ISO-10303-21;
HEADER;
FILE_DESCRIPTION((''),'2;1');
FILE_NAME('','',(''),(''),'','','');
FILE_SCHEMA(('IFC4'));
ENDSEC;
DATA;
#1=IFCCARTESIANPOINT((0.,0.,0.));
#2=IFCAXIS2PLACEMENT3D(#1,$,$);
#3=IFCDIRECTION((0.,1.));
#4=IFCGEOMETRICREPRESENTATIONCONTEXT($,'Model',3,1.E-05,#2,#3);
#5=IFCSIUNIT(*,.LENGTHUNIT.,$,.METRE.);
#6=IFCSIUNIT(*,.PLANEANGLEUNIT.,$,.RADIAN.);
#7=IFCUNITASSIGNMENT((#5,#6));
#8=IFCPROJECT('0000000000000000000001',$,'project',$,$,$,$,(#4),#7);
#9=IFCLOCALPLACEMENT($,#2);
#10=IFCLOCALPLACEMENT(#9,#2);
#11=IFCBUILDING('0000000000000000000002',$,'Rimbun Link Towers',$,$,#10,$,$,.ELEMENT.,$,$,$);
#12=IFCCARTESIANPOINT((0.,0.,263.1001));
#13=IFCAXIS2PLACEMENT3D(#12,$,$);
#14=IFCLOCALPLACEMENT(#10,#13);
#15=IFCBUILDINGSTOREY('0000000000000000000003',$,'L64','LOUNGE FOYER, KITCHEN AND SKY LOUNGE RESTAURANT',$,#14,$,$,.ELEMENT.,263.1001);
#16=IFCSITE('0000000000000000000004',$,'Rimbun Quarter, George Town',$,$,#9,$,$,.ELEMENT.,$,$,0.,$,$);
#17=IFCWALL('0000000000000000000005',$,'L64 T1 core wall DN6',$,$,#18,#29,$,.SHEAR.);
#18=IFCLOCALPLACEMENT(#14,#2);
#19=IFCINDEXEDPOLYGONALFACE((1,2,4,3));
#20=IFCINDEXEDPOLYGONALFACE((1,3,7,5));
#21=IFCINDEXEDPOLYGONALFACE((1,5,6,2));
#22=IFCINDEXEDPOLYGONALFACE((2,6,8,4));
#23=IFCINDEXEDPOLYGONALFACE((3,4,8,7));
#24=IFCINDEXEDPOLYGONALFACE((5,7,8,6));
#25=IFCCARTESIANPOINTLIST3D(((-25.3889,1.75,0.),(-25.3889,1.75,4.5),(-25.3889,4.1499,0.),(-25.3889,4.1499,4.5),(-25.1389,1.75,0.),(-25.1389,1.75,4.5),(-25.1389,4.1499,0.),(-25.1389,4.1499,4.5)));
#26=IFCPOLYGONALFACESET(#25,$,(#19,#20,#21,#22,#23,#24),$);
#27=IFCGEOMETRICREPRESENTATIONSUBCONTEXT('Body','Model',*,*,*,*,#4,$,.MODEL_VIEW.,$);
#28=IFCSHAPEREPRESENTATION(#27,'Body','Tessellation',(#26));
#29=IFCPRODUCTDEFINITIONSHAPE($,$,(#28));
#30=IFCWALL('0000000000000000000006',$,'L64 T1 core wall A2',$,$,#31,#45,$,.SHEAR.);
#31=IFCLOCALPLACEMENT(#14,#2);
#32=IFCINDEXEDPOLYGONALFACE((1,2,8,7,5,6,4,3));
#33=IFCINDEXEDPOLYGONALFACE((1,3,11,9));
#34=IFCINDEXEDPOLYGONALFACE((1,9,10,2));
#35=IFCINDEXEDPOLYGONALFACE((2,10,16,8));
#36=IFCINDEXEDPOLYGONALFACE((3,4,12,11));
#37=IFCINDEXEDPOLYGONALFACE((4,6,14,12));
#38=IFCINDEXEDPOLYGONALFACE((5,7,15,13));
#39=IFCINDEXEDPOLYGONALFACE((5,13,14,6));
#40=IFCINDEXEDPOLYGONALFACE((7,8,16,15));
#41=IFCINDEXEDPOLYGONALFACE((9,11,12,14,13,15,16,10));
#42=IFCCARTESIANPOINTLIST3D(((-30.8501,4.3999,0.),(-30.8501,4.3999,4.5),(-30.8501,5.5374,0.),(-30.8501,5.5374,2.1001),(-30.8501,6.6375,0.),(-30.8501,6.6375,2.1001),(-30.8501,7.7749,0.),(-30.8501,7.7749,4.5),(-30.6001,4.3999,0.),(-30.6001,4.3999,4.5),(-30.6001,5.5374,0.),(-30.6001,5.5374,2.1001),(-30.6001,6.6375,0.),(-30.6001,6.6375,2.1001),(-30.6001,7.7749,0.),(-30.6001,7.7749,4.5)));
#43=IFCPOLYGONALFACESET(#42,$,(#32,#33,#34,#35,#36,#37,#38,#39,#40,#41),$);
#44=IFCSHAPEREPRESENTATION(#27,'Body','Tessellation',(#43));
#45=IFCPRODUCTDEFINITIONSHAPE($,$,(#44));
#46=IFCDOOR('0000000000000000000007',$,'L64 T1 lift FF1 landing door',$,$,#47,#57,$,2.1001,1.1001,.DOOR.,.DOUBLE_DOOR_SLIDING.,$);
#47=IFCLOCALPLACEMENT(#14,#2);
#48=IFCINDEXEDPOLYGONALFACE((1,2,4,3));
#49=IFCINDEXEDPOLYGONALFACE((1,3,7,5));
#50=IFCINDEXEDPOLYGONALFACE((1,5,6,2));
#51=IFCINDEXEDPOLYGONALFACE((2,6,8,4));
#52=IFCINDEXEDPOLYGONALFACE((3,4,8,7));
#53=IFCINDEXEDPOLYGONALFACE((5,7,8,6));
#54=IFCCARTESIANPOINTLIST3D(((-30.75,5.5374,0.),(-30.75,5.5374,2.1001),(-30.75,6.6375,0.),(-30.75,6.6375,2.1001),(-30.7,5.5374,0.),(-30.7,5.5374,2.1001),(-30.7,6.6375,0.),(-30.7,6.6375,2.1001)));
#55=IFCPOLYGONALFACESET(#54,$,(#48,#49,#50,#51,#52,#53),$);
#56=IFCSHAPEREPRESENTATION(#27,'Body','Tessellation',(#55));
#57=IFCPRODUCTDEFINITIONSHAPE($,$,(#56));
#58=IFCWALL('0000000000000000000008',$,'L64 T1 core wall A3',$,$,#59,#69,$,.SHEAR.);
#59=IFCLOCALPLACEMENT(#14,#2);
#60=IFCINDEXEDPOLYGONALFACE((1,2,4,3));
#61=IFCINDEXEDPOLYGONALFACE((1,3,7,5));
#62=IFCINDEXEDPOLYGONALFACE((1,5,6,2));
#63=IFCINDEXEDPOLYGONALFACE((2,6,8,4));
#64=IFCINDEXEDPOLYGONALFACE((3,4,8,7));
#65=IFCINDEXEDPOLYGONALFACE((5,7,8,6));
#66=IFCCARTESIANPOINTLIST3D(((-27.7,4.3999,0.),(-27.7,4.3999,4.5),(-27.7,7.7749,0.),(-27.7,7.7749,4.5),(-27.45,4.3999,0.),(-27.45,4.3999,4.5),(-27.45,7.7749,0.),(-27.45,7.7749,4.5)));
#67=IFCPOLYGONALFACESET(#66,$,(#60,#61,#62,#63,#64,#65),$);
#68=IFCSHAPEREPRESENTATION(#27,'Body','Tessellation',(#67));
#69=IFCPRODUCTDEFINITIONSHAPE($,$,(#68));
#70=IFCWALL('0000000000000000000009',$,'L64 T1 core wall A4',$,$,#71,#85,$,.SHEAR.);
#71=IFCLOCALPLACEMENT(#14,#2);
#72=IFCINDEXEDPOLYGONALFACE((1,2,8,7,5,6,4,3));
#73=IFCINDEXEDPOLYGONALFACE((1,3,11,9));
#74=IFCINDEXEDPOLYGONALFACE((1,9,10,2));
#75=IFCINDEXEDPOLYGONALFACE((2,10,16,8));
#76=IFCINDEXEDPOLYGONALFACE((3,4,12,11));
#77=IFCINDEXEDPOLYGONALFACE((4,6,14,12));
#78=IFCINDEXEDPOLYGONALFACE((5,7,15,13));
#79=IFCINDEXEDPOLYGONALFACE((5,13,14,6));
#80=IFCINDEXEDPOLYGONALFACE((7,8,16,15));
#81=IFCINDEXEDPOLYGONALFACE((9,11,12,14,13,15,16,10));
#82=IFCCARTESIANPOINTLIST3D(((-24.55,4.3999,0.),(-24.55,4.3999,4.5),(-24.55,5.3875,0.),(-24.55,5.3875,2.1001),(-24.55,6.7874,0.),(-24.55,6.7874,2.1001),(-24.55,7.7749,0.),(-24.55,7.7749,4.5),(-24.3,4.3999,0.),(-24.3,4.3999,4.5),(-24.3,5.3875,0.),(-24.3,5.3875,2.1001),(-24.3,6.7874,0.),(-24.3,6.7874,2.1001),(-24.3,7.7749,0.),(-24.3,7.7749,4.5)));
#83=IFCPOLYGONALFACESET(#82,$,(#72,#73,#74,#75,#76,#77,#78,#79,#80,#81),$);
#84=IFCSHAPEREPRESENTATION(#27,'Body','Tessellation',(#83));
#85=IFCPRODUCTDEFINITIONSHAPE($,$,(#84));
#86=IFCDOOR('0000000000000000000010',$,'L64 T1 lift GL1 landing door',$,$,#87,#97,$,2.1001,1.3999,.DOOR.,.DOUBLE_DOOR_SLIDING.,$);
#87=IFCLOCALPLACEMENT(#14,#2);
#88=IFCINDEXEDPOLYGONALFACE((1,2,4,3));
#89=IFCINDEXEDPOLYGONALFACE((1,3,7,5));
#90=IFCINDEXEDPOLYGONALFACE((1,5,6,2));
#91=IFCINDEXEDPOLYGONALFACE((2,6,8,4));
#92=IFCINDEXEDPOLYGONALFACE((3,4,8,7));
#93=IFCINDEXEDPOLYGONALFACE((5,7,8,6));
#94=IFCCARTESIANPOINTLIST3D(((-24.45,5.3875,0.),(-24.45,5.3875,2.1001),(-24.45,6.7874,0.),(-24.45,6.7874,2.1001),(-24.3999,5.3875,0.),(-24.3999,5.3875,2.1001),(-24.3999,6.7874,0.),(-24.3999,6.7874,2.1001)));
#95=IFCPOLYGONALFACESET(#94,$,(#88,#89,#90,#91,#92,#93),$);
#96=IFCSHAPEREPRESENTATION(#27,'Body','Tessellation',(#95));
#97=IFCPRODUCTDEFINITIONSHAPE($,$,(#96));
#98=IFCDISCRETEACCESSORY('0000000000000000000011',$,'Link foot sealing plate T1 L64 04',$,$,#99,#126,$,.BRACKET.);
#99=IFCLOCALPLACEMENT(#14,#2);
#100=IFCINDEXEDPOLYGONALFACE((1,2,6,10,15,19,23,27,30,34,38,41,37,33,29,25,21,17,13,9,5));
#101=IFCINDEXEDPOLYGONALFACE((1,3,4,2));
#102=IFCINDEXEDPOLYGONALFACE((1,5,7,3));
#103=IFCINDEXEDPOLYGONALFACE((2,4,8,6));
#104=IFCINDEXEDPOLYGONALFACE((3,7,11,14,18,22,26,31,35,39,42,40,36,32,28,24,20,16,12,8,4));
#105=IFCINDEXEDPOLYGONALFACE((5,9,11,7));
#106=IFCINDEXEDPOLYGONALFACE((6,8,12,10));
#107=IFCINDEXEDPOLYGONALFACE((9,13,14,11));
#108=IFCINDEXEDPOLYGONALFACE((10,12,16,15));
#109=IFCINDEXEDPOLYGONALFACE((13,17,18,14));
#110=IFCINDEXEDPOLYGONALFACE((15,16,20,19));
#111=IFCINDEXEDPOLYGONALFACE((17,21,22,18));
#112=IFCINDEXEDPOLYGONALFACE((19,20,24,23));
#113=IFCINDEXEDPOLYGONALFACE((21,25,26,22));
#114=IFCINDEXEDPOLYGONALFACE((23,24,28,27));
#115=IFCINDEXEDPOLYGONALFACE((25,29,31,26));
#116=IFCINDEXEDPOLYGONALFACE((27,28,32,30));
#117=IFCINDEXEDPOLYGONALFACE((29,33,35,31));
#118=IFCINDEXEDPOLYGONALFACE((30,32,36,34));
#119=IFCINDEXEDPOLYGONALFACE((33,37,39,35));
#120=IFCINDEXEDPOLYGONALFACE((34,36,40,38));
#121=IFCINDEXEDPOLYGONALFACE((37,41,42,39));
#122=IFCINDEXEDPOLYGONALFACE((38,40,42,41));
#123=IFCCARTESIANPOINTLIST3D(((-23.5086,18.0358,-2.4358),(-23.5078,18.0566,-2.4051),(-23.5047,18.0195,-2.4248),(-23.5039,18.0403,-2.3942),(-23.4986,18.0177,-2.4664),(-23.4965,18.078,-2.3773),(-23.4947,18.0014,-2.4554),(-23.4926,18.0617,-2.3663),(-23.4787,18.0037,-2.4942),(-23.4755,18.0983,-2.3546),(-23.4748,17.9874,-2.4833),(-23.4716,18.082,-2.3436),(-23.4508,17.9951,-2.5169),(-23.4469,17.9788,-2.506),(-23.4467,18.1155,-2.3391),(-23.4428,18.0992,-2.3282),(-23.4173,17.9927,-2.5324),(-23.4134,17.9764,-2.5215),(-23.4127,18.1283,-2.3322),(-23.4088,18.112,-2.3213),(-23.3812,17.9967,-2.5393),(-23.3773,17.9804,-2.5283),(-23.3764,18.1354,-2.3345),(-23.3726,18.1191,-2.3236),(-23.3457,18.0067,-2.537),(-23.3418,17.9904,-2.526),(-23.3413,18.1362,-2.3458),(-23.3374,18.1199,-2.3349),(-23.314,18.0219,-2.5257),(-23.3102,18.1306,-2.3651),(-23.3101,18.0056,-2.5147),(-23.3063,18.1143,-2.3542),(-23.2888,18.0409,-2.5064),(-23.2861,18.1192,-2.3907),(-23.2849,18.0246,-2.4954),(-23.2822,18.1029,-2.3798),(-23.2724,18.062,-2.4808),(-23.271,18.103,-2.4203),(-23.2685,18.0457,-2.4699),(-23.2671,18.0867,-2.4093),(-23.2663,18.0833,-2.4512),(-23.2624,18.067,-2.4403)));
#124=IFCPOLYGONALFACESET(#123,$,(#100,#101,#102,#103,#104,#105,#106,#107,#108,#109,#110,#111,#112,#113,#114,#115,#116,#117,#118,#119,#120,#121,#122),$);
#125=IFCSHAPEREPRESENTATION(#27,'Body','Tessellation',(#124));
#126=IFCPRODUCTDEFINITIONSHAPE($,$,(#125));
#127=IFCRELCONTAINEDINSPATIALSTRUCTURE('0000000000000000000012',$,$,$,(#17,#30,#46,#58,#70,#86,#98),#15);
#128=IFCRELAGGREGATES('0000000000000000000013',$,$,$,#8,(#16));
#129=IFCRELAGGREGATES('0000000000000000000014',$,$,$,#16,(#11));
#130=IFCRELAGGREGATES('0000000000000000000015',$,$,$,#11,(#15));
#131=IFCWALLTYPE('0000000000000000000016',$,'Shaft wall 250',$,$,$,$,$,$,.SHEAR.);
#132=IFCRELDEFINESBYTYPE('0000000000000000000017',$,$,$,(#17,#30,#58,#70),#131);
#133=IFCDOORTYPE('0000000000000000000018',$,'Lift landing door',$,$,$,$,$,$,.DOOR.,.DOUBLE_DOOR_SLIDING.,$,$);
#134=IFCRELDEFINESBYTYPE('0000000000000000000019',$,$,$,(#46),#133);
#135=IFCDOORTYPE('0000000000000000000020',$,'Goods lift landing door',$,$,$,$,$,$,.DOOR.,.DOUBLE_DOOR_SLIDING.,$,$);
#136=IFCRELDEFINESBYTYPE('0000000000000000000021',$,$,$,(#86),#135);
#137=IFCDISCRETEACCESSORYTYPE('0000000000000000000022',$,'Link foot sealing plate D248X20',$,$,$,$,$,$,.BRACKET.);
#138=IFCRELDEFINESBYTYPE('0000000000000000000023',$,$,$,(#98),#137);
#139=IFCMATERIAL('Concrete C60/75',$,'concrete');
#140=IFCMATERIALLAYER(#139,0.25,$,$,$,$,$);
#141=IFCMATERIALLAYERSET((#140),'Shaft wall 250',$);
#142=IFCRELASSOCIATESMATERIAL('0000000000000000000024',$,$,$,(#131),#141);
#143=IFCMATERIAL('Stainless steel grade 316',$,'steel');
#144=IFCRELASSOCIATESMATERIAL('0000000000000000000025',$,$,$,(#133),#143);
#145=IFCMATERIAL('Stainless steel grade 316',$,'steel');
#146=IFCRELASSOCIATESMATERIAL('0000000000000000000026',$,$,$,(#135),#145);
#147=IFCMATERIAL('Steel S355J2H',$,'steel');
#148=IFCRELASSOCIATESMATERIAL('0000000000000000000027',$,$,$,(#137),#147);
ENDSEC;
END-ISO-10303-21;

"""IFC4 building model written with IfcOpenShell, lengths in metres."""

from ifc_helpers import new_model, si_unit, direction, frame, frame_2d, origin, origin_2d, place, context, subcontext, project, spatial, rectangle, circle, extrude, material, layer, layer_set, material_profile, profile_set, type_object, element, fill, save


model = new_model("IFC4")

# Units and contexts
model_context = context("Model", 3, precision=1e-05, world=origin(), true_north=direction((0.0, 1.0)))
body_context = subcontext(model_context, "Body", "Model", "MODEL_VIEW")
ifc_project = project(units=[si_unit("LENGTHUNIT", "METRE"), si_unit("PLANEANGLEUNIT", "RADIAN")], contexts=[model_context])

# Site, building, storey
site_placement = place(None, origin())
site = spatial("IfcSite", under=ifc_project, at=site_placement, Name="Rimbun Quarter, George Town", CompositionType="ELEMENT", RefElevation=0.0)
building_placement = place(site_placement, origin())
building = spatial("IfcBuilding", under=site, at=building_placement, Name="Rimbun Link Towers", CompositionType="ELEMENT")
storey_placement = place(building_placement, frame((0.0, 0.0, 263.1001)))
storey = spatial("IfcBuildingStorey", under=building, at=storey_placement, Name="L64", Description="LOUNGE FOYER, KITCHEN AND SKY LOUNGE RESTAURANT", CompositionType="ELEMENT", Elevation=263.1001)

# Wall
ifc_material_1 = material(Name="Concrete C60/75", Category="concrete")
ifc_layer_1 = layer(ifc_material_1, 0.25)
ifc_layer_set_1 = layer_set([ifc_layer_1], Name="Shaft wall 250")
wall_type_1 = type_object("IfcWallType", Name="Shaft wall 250", PredefinedType="SHEAR", material=ifc_layer_set_1)
for number, where, z_axis, x_axis, name in (
    (1, (-25.2639, 1.75, 0.0), (0.0, 0.0, 1.0), (0.0, 1.0, 0.0), "L64 T1 core wall DN6"),
):
    element("IfcWall", number, at=place(storey_placement, frame(where, z_axis=z_axis, x_axis=x_axis)), inside=storey, type_object=wall_type_1, Name=name, PredefinedType="SHEAR", context=body_context, shape_type="SweptSolid", body=[
        extrude(rectangle(XDim=2.3999, YDim=0.25, at=frame_2d((1.2, 0.0))), origin(), (0.0, 0.0, 1.0), 4.5),
    ])

# Wall, opening, door
wall_1_placement = place(storey_placement, frame((-30.7251, 4.3999, 0.0), z_axis=(0.0, 0.0, 1.0), x_axis=(0.0, 1.0, 0.0)))
wall_1 = element("IfcWall", 2, at=wall_1_placement, inside=storey, type_object=wall_type_1, Name="L64 T1 core wall A2", PredefinedType="SHEAR", context=body_context, shape_type="SweptSolid", body=[
    extrude(rectangle(XDim=3.375, YDim=0.25, at=frame_2d((1.6875, 0.0))), origin(), (0.0, 0.0, 1.0), 4.5),
])
opening_1_placement = place(wall_1_placement, frame((1.1375, 0.0, 0.0)))
opening_1 = element("IfcOpeningElement", 3, at=opening_1_placement, cuts=wall_1, PredefinedType="OPENING", context=body_context, shape_type="SweptSolid", body=[
    extrude(rectangle(XDim=1.1001, YDim=2.1001, at=frame_2d((0.55, 1.05))), frame((0.0, 0.135, 0.0), z_axis=(0.0, -1.0, 0.0), x_axis=(1.0, 0.0, 0.0)), (0.0, 0.0, 1.0), 0.27),
])
ifc_material_2 = material(Name="Stainless steel grade 316", Category="steel")
door_type_1 = type_object("IfcDoorType", Name="Lift landing door", OperationType="DOUBLE_DOOR_SLIDING", PredefinedType="DOOR", material=ifc_material_2)
door_1_placement = place(opening_1_placement, origin())
door_1 = element("IfcDoor", 4, at=door_1_placement, inside=storey, type_object=door_type_1, Name="L64 T1 lift FF1 landing door", OperationType="DOUBLE_DOOR_SLIDING", OverallHeight=2.1001, OverallWidth=1.1001, PredefinedType="DOOR", context=body_context, shape_type="SweptSolid", body=[
    extrude(rectangle(XDim=1.1001, YDim=2.1001, at=frame_2d((0.55, 1.05))), frame((0.0, 0.0249, 0.0), z_axis=(0.0, -1.0, 0.0), x_axis=(1.0, 0.0, 0.0)), (0.0, 0.0, 1.0), 0.05),
])
fill(opening_1, door_1)

# Wall
wall_2_placement = place(storey_placement, frame((-27.575, 4.3999, 0.0), z_axis=(0.0, 0.0, 1.0), x_axis=(0.0, 1.0, 0.0)))
element("IfcWall", 5, at=wall_2_placement, inside=storey, type_object=wall_type_1, Name="L64 T1 core wall A3", PredefinedType="SHEAR", context=body_context, shape_type="SweptSolid", body=[
    extrude(rectangle(XDim=3.375, YDim=0.25, at=frame_2d((1.6875, 0.0))), origin(), (0.0, 0.0, 1.0), 4.5),
])

# Wall, opening, door
wall_3_placement = place(storey_placement, frame((-24.425, 4.3999, 0.0), z_axis=(0.0, 0.0, 1.0), x_axis=(0.0, 1.0, 0.0)))
wall_3 = element("IfcWall", 6, at=wall_3_placement, inside=storey, type_object=wall_type_1, Name="L64 T1 core wall A4", PredefinedType="SHEAR", context=body_context, shape_type="SweptSolid", body=[
    extrude(rectangle(XDim=3.375, YDim=0.25, at=frame_2d((1.6875, 0.0))), origin(), (0.0, 0.0, 1.0), 4.5),
])
opening_2_placement = place(wall_3_placement, frame((0.9875, 0.0, 0.0)))
opening_2 = element("IfcOpeningElement", 7, at=opening_2_placement, cuts=wall_3, PredefinedType="OPENING", context=body_context, shape_type="SweptSolid", body=[
    extrude(rectangle(XDim=1.3999, YDim=2.1001, at=frame_2d((0.7, 1.05))), frame((0.0, 0.135, 0.0), z_axis=(0.0, -1.0, 0.0), x_axis=(1.0, 0.0, 0.0)), (0.0, 0.0, 1.0), 0.27),
])
ifc_material_3 = material(Name="Stainless steel grade 316", Category="steel")
door_type_2 = type_object("IfcDoorType", Name="Goods lift landing door", OperationType="DOUBLE_DOOR_SLIDING", PredefinedType="DOOR", material=ifc_material_3)
door_2_placement = place(opening_2_placement, origin())
door_2 = element("IfcDoor", 8, at=door_2_placement, inside=storey, type_object=door_type_2, Name="L64 T1 lift GL1 landing door", OperationType="DOUBLE_DOOR_SLIDING", OverallHeight=2.1001, OverallWidth=1.3999, PredefinedType="DOOR", context=body_context, shape_type="SweptSolid", body=[
    extrude(rectangle(XDim=1.3999, YDim=2.1001, at=frame_2d((0.7, 1.05))), frame((0.0, 0.0249, 0.0), z_axis=(0.0, -1.0, 0.0), x_axis=(1.0, 0.0, 0.0)), (0.0, 0.0, 1.0), 0.05),
])
fill(opening_2, door_2)

# Discrete accessory
ifc_material_4 = material(Name="Steel S355J2H", Category="steel")
ifc_material_profile_1 = material_profile(ifc_material_4, circle(Radius=0.124, at=origin_2d()), Name="PL D248")
ifc_profile_set_1 = profile_set([ifc_material_profile_1], Name="Steel S355J2H")
discrete_accessory_type = type_object("IfcDiscreteAccessoryType", Name="Link foot sealing plate D248X20", PredefinedType="BRACKET", material=ifc_profile_set_1)
discrete_accessory_placement = place(storey_placement, frame((-23.384, 18.0483, -2.4248), z_axis=(-0.194458, 0.814293, -0.546913), x_axis=(-0.97265, -0.232275, 0.0)))
element("IfcDiscreteAccessory", 9, at=discrete_accessory_placement, inside=storey, type_object=discrete_accessory_type, Name="Link foot sealing plate T1 L64 04", PredefinedType="BRACKET", context=body_context, shape_type="SweptSolid", body=[
    extrude(circle(Radius=0.124, at=origin_2d()), origin(), (0.0, 0.0, 1.0), 0.02),
])

save(model, "model.ifc")
